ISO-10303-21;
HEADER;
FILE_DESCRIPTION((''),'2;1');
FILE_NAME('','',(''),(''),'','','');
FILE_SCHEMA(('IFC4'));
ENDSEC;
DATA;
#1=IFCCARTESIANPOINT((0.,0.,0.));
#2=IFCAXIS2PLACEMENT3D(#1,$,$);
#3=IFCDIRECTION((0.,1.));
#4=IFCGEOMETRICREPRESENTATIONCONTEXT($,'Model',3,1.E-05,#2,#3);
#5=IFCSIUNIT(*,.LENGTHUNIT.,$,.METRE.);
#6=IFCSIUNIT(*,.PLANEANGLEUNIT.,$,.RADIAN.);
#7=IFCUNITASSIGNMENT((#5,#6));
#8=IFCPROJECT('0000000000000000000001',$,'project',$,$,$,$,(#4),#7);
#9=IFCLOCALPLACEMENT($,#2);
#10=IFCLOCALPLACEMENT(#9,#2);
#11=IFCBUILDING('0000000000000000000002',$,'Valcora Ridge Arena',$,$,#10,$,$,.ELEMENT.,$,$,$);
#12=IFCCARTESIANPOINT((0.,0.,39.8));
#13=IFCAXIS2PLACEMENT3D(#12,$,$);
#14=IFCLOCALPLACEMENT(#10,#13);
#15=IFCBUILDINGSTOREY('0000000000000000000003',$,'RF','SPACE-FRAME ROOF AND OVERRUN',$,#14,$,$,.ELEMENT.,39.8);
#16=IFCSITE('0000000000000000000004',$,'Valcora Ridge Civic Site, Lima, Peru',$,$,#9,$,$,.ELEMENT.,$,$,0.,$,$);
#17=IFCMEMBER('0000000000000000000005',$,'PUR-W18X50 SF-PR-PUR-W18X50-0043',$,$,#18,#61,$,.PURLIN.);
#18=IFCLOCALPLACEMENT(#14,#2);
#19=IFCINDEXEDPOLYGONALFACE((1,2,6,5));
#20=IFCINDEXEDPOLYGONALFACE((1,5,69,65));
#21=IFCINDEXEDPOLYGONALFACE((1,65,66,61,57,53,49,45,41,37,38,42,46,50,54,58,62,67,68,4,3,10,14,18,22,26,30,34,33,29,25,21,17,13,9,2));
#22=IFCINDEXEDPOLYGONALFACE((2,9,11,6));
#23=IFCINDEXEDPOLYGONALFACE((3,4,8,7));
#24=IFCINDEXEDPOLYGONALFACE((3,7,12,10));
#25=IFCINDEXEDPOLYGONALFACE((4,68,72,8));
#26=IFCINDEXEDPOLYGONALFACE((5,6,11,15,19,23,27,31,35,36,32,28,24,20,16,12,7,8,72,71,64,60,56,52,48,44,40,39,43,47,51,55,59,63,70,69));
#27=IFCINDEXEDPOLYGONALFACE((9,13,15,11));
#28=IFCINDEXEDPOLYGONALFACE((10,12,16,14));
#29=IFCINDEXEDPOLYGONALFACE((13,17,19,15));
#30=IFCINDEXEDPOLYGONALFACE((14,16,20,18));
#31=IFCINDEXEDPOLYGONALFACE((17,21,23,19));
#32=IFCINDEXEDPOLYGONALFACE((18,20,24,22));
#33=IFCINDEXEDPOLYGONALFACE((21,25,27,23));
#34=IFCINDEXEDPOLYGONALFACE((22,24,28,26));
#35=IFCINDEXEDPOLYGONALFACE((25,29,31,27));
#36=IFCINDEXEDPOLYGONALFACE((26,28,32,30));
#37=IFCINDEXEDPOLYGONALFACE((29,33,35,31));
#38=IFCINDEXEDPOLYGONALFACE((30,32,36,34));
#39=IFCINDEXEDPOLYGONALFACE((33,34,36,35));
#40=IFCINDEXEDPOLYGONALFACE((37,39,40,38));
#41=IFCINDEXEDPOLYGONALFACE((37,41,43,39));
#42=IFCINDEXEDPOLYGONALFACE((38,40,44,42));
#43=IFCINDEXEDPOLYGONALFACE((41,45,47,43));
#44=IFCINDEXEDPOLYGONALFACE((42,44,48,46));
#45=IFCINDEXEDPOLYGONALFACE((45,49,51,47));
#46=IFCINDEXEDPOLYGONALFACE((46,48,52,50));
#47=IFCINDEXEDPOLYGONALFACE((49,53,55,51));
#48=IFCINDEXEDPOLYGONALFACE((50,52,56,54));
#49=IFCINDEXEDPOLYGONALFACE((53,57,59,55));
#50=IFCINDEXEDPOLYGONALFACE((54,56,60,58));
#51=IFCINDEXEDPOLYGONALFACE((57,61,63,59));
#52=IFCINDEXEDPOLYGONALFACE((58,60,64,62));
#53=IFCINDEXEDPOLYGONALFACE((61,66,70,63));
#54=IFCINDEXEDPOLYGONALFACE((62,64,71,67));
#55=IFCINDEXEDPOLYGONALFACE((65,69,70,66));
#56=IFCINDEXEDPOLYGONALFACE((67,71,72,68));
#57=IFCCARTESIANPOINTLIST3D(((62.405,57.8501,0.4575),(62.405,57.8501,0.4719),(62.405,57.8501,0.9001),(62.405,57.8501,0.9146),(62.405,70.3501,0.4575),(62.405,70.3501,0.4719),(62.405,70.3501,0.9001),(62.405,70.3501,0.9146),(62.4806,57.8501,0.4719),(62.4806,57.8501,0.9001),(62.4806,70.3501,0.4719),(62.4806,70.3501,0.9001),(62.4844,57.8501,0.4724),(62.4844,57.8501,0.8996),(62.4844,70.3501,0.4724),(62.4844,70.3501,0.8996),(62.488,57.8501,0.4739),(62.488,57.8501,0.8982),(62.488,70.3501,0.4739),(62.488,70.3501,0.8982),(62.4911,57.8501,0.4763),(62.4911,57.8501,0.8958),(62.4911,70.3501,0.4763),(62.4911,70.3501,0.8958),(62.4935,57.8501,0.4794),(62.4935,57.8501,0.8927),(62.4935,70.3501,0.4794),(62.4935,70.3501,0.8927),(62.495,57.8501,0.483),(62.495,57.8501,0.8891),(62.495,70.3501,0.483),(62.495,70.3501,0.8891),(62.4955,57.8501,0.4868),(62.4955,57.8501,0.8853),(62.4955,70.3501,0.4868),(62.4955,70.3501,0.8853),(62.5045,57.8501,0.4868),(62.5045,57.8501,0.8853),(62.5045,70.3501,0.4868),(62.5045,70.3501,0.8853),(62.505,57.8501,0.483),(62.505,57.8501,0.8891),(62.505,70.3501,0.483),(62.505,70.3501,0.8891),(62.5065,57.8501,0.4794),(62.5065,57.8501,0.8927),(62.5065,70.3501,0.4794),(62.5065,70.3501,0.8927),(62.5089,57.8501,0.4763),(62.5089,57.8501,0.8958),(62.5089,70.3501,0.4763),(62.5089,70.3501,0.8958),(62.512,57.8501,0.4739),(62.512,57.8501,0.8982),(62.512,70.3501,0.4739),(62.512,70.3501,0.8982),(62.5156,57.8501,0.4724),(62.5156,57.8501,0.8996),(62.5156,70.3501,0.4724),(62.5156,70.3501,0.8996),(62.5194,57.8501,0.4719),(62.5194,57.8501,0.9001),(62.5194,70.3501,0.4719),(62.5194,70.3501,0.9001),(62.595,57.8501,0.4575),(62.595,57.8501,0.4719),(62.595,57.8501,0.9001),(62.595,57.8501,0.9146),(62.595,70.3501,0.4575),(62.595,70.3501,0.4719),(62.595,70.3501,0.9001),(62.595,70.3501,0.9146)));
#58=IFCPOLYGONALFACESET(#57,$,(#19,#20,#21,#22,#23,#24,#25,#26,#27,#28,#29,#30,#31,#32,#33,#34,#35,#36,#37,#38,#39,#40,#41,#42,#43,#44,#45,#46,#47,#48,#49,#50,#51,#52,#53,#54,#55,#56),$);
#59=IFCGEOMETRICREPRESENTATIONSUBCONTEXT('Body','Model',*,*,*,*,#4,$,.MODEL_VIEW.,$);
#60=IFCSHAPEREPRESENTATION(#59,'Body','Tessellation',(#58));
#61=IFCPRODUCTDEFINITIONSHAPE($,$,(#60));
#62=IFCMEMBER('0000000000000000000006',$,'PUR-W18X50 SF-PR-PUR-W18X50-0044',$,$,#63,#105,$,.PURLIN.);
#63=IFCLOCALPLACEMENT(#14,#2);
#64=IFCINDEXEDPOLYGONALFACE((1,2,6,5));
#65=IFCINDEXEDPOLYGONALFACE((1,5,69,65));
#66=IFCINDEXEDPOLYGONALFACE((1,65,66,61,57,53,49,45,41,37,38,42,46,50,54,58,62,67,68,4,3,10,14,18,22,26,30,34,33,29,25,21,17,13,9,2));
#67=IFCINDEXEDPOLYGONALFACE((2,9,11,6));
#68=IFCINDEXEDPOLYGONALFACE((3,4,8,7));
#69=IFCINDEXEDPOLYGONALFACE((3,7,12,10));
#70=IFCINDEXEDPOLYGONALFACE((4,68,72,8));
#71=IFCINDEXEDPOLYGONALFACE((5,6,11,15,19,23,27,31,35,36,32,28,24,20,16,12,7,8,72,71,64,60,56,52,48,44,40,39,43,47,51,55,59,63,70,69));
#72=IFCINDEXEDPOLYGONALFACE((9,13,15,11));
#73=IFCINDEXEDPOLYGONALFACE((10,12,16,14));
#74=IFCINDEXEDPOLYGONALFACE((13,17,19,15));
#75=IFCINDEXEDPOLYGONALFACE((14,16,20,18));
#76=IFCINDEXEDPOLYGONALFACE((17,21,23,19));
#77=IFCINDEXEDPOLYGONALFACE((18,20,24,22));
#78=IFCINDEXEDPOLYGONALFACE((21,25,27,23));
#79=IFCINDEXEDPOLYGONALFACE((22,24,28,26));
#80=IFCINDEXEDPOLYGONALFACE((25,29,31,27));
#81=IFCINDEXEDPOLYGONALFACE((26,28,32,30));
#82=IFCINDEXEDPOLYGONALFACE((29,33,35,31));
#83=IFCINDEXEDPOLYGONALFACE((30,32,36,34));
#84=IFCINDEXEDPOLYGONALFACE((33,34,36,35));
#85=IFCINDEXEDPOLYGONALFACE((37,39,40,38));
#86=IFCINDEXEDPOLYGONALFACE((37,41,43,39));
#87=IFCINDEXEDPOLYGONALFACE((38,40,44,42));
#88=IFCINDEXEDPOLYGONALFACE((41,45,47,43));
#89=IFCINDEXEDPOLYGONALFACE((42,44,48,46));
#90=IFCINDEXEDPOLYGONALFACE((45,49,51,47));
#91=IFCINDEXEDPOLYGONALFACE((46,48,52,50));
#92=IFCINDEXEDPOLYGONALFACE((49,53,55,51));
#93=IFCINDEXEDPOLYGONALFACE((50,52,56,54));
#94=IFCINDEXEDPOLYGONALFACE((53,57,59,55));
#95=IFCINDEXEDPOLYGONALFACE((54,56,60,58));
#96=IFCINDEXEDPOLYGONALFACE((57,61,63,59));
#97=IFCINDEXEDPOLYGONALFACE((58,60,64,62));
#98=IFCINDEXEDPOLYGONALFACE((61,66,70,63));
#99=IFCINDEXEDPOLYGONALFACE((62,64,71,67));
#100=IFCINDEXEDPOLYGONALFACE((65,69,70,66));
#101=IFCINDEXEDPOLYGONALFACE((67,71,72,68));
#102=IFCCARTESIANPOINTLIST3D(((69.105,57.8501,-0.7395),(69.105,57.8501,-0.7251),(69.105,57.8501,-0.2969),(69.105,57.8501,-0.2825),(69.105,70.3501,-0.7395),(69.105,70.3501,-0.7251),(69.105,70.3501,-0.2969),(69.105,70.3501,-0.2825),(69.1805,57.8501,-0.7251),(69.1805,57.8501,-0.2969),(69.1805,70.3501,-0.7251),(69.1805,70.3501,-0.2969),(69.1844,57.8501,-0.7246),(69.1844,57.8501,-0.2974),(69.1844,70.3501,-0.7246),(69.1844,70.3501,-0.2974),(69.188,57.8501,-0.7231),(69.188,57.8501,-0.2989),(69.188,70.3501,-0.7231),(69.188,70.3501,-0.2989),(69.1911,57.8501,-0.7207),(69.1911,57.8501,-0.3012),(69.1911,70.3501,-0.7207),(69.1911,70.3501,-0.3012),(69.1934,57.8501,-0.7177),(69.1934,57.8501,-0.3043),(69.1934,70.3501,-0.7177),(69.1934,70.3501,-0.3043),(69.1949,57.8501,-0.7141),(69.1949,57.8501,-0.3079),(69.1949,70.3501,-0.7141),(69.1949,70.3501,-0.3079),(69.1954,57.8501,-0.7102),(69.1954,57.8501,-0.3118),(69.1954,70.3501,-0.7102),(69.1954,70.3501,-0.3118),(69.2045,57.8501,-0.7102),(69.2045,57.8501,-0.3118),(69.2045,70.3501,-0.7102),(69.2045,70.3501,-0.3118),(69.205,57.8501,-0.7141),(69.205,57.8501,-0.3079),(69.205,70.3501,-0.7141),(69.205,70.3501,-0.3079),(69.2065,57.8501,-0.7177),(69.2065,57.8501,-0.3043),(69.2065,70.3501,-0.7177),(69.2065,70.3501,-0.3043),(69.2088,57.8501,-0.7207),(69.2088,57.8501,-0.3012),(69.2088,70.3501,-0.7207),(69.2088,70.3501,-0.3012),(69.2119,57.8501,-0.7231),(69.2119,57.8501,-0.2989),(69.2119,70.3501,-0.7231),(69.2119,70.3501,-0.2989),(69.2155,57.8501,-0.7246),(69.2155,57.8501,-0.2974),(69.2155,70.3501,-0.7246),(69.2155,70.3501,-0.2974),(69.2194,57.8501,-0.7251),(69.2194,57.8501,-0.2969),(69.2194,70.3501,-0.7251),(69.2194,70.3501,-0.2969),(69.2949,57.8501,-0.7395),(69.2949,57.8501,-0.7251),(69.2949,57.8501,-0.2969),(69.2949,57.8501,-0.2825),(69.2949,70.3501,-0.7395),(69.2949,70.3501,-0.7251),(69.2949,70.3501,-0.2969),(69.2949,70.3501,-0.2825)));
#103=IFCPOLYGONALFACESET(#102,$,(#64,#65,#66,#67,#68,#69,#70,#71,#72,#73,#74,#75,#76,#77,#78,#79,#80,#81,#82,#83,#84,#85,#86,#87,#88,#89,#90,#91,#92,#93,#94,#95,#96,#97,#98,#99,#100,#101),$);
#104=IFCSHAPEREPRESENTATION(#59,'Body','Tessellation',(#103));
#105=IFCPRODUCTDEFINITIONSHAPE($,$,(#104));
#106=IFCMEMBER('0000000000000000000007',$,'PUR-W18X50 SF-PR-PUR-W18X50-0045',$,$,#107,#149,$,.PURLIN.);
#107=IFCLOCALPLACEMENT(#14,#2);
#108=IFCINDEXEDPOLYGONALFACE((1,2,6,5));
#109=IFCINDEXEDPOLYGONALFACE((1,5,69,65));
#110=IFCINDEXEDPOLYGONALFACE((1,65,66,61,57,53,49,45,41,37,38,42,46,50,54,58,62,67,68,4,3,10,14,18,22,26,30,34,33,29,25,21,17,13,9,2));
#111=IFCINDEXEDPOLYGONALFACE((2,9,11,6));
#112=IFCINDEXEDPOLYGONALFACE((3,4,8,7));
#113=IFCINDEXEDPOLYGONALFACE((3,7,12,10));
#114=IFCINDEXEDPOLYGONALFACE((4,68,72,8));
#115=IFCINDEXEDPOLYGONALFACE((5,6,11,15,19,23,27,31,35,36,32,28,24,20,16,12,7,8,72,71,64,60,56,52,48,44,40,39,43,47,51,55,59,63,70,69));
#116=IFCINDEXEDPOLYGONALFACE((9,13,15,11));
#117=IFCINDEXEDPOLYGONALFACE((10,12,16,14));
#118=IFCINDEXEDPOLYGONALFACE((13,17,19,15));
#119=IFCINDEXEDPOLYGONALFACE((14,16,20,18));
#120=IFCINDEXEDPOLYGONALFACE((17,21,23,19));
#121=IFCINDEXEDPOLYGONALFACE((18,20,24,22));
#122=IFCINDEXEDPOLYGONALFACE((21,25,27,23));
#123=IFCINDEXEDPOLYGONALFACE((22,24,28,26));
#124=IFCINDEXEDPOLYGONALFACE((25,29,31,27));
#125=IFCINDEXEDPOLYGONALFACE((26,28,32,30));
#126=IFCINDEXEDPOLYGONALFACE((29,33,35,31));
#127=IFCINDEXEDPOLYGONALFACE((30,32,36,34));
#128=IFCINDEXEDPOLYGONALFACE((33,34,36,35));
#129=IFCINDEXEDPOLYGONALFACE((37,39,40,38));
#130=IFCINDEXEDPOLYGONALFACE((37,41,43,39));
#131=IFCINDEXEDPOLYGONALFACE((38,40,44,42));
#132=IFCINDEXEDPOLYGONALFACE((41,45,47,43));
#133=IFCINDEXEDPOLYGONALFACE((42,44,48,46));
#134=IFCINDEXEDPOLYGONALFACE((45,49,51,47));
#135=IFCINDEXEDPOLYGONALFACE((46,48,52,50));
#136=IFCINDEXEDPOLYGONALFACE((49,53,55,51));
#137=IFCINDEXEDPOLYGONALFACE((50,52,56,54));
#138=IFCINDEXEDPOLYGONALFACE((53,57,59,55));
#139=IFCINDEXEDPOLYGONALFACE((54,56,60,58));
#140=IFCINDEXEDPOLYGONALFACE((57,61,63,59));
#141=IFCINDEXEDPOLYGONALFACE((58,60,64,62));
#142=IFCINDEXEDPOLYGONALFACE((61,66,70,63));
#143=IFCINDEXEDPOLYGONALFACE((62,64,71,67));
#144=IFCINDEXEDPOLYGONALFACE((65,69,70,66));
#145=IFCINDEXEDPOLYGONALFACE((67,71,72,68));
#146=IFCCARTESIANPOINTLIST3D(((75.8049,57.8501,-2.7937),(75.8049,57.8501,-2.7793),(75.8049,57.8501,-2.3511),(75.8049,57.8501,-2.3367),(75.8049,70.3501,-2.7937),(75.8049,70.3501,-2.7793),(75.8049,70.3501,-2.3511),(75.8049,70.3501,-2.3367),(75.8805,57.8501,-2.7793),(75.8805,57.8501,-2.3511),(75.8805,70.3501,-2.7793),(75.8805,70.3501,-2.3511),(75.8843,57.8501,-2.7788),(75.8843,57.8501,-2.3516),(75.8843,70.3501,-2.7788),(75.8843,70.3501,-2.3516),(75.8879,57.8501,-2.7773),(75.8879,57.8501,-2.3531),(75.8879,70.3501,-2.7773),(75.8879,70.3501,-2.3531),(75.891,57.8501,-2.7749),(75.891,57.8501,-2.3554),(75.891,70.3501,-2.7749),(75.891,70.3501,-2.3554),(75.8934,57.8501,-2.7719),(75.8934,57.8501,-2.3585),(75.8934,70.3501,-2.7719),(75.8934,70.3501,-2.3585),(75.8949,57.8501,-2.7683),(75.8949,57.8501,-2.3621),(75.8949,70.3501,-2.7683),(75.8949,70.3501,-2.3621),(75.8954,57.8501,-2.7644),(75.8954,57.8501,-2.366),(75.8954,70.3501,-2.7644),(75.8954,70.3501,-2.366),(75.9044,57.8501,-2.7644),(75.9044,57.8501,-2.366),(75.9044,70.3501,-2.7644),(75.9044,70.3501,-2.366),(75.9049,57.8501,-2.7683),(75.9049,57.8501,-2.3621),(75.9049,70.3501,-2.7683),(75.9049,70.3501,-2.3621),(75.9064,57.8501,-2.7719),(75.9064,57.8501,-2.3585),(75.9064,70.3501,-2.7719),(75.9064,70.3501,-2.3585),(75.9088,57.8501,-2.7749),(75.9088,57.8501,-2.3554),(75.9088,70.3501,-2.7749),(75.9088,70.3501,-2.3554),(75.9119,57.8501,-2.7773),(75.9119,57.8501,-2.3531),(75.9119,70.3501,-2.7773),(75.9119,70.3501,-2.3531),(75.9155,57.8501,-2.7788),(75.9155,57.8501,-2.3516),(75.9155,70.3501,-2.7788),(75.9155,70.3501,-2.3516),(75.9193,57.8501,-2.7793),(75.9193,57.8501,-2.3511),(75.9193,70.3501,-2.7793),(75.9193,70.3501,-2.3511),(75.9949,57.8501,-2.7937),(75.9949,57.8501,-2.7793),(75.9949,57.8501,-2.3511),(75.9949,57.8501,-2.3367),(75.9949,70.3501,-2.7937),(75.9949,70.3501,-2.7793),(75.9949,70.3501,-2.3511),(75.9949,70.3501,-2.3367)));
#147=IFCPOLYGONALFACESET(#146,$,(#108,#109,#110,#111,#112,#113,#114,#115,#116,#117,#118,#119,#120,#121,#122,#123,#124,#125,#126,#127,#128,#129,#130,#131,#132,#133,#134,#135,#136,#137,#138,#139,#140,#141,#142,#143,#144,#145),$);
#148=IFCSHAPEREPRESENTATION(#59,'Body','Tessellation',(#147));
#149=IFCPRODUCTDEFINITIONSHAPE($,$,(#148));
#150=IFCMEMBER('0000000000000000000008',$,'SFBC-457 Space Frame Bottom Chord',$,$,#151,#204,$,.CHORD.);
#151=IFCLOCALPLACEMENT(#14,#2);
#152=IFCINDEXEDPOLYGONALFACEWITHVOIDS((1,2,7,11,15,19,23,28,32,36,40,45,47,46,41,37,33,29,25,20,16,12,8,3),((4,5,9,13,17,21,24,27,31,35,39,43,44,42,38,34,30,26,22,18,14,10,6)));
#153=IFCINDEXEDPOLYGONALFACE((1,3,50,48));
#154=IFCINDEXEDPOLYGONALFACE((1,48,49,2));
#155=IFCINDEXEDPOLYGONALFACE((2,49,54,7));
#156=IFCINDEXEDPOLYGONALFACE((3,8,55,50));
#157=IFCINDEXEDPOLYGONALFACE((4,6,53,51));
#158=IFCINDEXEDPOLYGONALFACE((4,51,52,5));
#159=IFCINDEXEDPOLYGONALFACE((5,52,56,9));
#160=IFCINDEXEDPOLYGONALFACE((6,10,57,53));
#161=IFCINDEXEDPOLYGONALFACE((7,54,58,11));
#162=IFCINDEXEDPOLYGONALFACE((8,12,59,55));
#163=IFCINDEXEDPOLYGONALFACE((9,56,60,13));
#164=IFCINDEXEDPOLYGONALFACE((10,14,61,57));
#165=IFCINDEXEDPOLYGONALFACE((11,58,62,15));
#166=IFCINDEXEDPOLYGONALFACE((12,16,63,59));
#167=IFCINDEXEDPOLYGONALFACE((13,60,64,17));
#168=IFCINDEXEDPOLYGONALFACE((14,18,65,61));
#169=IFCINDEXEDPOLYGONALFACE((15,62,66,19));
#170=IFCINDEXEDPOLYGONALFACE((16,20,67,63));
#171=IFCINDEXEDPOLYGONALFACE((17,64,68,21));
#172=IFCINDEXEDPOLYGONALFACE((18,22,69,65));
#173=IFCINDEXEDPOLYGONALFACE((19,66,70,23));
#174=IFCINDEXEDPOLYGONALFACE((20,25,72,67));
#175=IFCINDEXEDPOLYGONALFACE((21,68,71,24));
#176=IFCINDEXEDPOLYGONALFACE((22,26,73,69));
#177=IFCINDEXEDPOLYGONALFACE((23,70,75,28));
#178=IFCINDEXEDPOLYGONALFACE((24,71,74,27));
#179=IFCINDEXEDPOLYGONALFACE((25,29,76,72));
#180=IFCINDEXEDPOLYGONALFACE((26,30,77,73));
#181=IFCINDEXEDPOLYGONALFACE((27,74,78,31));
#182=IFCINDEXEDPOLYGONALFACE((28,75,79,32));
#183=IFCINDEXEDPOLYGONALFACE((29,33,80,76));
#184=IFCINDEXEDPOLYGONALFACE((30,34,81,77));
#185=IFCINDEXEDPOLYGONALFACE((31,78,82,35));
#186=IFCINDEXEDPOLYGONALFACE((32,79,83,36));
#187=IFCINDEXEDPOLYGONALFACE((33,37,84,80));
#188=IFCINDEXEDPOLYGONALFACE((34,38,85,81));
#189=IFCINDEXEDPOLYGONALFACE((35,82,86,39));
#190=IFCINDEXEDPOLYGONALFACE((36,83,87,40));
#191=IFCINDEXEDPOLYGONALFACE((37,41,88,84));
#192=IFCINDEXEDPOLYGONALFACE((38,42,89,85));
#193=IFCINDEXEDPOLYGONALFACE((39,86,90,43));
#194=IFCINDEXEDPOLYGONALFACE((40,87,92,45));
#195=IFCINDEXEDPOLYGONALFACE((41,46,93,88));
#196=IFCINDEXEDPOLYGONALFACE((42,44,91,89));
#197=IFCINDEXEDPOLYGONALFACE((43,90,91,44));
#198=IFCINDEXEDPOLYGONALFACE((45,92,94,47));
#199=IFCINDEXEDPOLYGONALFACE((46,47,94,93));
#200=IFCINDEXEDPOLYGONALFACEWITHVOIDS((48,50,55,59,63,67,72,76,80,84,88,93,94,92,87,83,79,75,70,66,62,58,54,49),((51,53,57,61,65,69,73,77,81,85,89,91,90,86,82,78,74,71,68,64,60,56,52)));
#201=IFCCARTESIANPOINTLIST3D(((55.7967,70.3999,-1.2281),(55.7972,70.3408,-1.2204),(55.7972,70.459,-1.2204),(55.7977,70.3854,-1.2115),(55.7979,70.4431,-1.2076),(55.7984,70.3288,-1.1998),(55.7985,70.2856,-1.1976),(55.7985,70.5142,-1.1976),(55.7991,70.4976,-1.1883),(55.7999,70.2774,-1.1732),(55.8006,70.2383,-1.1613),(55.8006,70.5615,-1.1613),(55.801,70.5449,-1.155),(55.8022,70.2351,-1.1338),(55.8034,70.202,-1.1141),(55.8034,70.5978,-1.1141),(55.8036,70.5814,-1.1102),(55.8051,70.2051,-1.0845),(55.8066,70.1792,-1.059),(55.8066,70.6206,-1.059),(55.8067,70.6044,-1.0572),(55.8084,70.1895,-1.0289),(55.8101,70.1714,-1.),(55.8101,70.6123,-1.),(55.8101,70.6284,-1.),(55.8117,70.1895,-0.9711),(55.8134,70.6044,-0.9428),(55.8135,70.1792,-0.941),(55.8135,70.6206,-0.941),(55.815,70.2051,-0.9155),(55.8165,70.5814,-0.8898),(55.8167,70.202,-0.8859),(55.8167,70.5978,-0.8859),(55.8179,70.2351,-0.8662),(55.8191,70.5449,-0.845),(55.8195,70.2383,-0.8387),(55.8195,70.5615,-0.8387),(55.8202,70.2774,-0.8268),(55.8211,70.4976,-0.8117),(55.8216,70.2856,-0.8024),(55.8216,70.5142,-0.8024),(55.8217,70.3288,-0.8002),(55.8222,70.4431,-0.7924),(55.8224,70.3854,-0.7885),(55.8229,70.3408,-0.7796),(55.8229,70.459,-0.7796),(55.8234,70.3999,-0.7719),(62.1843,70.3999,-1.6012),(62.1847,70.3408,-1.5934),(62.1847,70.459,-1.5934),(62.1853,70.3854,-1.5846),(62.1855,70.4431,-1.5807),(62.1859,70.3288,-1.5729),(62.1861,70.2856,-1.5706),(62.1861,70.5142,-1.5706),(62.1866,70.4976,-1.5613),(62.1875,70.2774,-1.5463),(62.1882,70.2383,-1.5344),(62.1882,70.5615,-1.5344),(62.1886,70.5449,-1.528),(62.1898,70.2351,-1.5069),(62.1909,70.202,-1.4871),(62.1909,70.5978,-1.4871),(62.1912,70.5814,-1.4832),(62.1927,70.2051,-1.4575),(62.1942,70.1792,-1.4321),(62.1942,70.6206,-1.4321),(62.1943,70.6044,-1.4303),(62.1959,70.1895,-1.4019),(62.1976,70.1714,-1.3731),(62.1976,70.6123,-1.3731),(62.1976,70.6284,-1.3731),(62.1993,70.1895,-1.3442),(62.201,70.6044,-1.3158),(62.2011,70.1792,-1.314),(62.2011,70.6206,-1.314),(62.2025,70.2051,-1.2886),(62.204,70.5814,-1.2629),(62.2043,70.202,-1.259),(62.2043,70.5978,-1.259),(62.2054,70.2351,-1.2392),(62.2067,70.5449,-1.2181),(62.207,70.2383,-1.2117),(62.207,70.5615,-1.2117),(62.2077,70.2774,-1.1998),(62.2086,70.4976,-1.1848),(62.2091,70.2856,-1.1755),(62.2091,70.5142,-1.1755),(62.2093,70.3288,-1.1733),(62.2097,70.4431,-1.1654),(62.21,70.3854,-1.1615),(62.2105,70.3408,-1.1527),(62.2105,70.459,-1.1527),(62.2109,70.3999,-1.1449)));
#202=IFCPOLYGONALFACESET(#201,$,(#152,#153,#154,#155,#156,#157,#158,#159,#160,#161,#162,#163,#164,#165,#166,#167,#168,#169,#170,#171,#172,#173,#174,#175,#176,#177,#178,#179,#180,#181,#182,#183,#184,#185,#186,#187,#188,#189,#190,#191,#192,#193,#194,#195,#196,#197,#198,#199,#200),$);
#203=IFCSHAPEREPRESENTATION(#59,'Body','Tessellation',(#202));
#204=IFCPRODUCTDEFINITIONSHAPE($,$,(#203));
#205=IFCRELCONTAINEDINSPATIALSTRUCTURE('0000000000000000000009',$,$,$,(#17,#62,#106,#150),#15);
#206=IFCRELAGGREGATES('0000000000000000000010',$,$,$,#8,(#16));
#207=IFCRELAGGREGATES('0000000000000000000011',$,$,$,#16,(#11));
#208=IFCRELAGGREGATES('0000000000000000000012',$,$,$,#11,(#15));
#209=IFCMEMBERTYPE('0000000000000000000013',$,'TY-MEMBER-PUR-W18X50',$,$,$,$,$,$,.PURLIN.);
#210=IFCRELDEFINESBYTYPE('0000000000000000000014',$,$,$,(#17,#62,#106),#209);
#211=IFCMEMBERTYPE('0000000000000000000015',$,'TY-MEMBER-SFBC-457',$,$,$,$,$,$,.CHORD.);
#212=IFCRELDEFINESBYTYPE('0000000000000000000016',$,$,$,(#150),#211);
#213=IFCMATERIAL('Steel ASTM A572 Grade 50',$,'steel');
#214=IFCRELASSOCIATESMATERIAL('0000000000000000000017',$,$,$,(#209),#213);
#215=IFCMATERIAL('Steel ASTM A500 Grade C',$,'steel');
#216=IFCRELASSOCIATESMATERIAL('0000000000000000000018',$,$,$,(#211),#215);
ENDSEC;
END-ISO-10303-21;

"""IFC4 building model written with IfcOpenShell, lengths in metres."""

from ifc_helpers import new_model, si_unit, direction, frame, origin, origin_2d, place, context, subcontext, project, spatial, hollow_circle, i_section, extrude, material, material_profile, profile_set, type_object, element, save


model = new_model("IFC4")

# Units and contexts
model_context = context("Model", 3, precision=1e-05, world=origin(), true_north=direction((0.0, 1.0)))
body_context = subcontext(model_context, "Body", "Model", "MODEL_VIEW")
ifc_project = project(units=[si_unit("LENGTHUNIT", "METRE"), si_unit("PLANEANGLEUNIT", "RADIAN")], contexts=[model_context])

# Site, building, storey
site_placement = place(None, origin())
site = spatial("IfcSite", under=ifc_project, at=site_placement, Name="Valcora Ridge Civic Site, Lima, Peru", CompositionType="ELEMENT", RefElevation=0.0)
building_placement = place(site_placement, origin())
building = spatial("IfcBuilding", under=site, at=building_placement, Name="Valcora Ridge Arena", CompositionType="ELEMENT")
storey_placement = place(building_placement, frame((0.0, 0.0, 39.8)))
storey = spatial("IfcBuildingStorey", under=building, at=storey_placement, Name="RF", Description="SPACE-FRAME ROOF AND OVERRUN", CompositionType="ELEMENT", Elevation=39.8)

# Members
ifc_material_1 = material(Name="Steel ASTM A572 Grade 50", Category="steel")
ifc_material_profile_1 = material_profile(ifc_material_1, i_section(OverallWidth=0.1899, OverallDepth=0.457, WebThickness=0.009, FlangeThickness=0.0144, FilletRadius=0.0149, at=origin_2d()), Name="W18X50")
ifc_profile_set_1 = profile_set([ifc_material_profile_1], Name="Steel ASTM A572 Grade 50")
member_type_1 = type_object("IfcMemberType", Name="TY-MEMBER-PUR-W18X50", PredefinedType="PURLIN", material=ifc_profile_set_1)
for number, where, z_axis, x_axis, name in (
    (1, (62.5, 57.8501, 0.686), (0.0, 1.0, 0.0), (-1.0, 0.0, 0.0), "PUR-W18X50 SF-PR-PUR-W18X50-0043"),
    (2, (69.2, 57.8501, -0.511), (0.0, 1.0, 0.0), (-1.0, 0.0, 0.0), "PUR-W18X50 SF-PR-PUR-W18X50-0044"),
    (3, (75.8999, 57.8501, -2.5652), (0.0, 1.0, 0.0), (-1.0, 0.0, 0.0), "PUR-W18X50 SF-PR-PUR-W18X50-0045"),
):
    element("IfcMember", number, at=place(storey_placement, frame(where, z_axis=z_axis, x_axis=x_axis)), inside=storey, type_object=member_type_1, Name=name, PredefinedType="PURLIN", context=body_context, shape_type="SweptSolid", body=[
        extrude(i_section(OverallWidth=0.1899, OverallDepth=0.457, WebThickness=0.009, FlangeThickness=0.0144, FilletRadius=0.0149, at=origin_2d()), origin(), (0.0, 0.0, 1.0), 12.5),
    ])
ifc_material_2 = material(Name="Steel ASTM A500 Grade C", Category="steel")
ifc_material_profile_2 = material_profile(ifc_material_2, hollow_circle(Radius=0.2285, WallThickness=0.0161, at=origin_2d()), Name="CHS457X16")
ifc_profile_set_2 = profile_set([ifc_material_profile_2], Name="Steel ASTM A500 Grade C")
member_type_2 = type_object("IfcMemberType", Name="TY-MEMBER-SFBC-457", PredefinedType="CHORD", material=ifc_profile_set_2)
member_1_placement = place(storey_placement, frame((55.8101, 70.3999, -1.0), z_axis=(0.998299, 0.0, -0.058304), x_axis=(0.0, 1.0, 0.0)))
element("IfcMember", 4, at=member_1_placement, inside=storey, type_object=member_type_2, Name="SFBC-457 Space Frame Bottom Chord", PredefinedType="CHORD", context=body_context, shape_type="SweptSolid", body=[
    extrude(hollow_circle(Radius=0.2285, WallThickness=0.0161, at=origin_2d()), origin(), (0.0, 0.0, 1.0), 6.3984),
])

save(model, "model.ifc")
